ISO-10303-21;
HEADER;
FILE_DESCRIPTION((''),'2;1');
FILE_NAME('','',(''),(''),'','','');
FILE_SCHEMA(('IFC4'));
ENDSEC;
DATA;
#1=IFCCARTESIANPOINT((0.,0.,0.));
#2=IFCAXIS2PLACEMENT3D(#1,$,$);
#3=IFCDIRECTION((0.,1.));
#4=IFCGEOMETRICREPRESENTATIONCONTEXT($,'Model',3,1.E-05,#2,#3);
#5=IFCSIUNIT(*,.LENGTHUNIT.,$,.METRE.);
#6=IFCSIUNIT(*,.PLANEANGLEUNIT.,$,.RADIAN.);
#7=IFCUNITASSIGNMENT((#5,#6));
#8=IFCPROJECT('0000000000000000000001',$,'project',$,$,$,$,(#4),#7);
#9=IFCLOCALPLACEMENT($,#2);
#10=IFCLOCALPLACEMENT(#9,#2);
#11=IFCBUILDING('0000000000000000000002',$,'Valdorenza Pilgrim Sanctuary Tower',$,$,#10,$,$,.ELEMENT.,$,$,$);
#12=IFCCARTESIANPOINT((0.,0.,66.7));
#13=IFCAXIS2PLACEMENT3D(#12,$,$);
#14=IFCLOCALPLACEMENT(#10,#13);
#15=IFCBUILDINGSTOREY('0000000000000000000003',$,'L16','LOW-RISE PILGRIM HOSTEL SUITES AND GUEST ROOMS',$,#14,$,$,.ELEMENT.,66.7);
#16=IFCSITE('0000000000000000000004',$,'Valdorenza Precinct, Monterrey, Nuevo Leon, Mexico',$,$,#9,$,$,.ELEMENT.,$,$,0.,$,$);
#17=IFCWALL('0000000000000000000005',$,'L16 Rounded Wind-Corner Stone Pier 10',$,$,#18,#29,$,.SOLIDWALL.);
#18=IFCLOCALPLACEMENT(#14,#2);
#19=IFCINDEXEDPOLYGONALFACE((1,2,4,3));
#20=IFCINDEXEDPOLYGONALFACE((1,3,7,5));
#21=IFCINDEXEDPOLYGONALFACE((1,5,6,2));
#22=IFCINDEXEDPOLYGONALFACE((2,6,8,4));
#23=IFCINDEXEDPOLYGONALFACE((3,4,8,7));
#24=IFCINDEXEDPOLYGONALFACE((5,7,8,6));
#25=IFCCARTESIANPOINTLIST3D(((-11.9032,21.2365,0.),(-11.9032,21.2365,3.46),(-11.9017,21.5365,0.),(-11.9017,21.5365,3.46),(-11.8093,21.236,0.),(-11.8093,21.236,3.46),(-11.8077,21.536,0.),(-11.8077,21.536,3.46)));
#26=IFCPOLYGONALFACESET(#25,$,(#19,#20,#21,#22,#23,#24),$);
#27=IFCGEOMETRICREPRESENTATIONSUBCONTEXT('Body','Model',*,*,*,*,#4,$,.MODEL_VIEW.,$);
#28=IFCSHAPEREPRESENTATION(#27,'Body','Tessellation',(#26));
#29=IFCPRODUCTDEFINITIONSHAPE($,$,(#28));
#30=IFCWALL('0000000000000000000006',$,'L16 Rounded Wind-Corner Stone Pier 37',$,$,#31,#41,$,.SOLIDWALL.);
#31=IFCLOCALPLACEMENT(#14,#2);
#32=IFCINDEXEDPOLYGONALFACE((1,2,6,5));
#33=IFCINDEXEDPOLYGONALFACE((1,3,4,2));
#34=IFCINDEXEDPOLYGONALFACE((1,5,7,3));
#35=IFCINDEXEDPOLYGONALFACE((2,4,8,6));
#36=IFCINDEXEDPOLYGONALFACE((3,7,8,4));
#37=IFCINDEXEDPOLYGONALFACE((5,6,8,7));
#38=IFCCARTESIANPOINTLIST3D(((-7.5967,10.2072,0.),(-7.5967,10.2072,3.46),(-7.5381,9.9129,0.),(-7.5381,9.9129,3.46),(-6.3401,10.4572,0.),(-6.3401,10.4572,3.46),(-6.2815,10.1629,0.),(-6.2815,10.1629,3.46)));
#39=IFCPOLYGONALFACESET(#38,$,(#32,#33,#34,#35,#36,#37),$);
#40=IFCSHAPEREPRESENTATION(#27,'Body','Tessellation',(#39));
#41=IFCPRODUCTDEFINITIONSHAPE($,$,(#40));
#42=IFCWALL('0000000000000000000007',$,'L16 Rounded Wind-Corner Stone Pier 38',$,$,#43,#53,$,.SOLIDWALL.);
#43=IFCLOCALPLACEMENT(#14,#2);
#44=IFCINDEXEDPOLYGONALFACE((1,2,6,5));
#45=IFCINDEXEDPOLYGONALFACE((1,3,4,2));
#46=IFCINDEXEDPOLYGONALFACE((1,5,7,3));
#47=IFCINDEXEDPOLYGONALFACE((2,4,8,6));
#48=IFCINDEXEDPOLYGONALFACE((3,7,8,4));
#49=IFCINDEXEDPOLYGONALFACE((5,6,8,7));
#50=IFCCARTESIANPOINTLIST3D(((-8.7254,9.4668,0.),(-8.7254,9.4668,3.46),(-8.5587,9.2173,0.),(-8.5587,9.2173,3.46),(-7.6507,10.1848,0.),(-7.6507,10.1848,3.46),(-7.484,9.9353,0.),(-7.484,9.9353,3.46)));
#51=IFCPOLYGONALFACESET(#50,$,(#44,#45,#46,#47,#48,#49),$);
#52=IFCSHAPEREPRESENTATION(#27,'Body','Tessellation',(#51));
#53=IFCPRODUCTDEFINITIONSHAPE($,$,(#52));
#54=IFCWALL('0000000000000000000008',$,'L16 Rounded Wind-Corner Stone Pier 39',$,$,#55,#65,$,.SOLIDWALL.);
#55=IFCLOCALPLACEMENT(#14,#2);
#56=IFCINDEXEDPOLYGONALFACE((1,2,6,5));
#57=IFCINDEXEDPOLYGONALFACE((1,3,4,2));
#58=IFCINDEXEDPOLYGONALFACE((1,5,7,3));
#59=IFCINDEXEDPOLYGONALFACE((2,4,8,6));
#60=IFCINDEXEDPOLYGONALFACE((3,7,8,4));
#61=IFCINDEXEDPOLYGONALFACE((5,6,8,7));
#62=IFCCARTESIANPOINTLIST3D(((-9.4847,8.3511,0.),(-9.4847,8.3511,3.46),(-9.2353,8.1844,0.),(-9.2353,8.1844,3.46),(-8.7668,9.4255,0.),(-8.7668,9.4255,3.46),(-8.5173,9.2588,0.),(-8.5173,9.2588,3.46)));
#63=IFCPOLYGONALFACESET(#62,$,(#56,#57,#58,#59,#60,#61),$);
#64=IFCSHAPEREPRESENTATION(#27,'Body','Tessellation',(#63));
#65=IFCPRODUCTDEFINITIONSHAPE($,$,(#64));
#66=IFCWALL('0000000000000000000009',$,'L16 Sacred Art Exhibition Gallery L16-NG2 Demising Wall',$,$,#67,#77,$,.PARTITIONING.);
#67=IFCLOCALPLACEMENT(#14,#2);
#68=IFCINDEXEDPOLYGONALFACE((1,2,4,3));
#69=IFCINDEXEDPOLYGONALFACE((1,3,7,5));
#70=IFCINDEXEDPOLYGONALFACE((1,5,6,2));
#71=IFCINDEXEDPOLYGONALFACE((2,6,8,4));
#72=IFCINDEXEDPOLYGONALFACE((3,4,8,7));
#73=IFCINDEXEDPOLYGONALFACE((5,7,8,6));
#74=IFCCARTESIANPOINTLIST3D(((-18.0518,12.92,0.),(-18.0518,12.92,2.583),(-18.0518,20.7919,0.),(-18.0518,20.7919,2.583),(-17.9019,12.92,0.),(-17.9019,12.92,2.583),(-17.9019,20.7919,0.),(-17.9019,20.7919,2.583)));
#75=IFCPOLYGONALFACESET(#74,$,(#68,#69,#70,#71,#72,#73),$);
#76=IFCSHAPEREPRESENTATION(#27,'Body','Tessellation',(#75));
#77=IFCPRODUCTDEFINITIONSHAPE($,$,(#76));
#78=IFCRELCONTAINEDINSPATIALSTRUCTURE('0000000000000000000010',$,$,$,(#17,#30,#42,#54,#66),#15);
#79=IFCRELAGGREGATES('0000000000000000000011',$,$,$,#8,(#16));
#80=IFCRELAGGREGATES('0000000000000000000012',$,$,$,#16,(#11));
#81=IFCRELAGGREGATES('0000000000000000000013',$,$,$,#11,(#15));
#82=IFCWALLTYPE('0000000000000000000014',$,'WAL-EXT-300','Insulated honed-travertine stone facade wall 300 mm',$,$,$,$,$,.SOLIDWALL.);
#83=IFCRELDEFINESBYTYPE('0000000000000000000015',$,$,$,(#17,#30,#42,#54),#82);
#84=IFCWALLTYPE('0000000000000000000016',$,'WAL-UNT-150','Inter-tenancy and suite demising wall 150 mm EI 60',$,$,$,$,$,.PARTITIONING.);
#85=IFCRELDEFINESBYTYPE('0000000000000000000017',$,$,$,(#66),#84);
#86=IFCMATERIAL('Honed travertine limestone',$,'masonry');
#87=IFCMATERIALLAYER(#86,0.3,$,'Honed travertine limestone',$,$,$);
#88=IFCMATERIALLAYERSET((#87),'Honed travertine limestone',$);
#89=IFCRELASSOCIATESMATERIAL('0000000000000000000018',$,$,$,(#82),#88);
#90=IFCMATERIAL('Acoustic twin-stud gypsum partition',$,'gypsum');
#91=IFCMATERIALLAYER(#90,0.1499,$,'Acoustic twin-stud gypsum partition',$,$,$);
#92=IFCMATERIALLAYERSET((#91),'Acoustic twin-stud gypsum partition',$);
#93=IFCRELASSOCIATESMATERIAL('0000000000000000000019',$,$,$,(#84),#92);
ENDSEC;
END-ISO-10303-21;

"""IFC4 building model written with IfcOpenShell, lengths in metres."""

from ifc_helpers import new_model, si_unit, direction, frame, frame_2d, origin, place, context, subcontext, project, spatial, rectangle, extrude, material, layer, layer_set, type_object, element, save


model = new_model("IFC4")

# Units and contexts
model_context = context("Model", 3, precision=1e-05, world=origin(), true_north=direction((0.0, 1.0)))
body_context = subcontext(model_context, "Body", "Model", "MODEL_VIEW")
ifc_project = project(units=[si_unit("LENGTHUNIT", "METRE"), si_unit("PLANEANGLEUNIT", "RADIAN")], contexts=[model_context])

# Site, building, storey
site_placement = place(None, origin())
site = spatial("IfcSite", under=ifc_project, at=site_placement, Name="Valdorenza Precinct, Monterrey, Nuevo Leon, Mexico", CompositionType="ELEMENT", RefElevation=0.0)
building_placement = place(site_placement, origin())
building = spatial("IfcBuilding", under=site, at=building_placement, Name="Valdorenza Pilgrim Sanctuary Tower", CompositionType="ELEMENT")
storey_placement = place(building_placement, frame((0.0, 0.0, 66.7)))
storey = spatial("IfcBuildingStorey", under=building, at=storey_placement, Name="L16", Description="LOW-RISE PILGRIM HOSTEL SUITES AND GUEST ROOMS", CompositionType="ELEMENT", Elevation=66.7)

# Shared definitions
ifc_material_1 = material(Name="Honed travertine limestone", Category="masonry")

# Shared definitions
ifc_material_2 = material(Name="Acoustic twin-stud gypsum partition", Category="gypsum")

# Walls
ifc_layer_1 = layer(ifc_material_1, 0.3, Name="Honed travertine limestone")
ifc_layer_set_1 = layer_set([ifc_layer_1], Name="Honed travertine limestone")
wall_type_1 = type_object("IfcWallType", Name="WAL-EXT-300", Description="Insulated honed-travertine stone facade wall 300 mm", PredefinedType="SOLIDWALL", material=ifc_layer_set_1)
wall_1_placement = place(storey_placement, frame((-11.9023, 21.3865, 0.0), z_axis=(0.0, 0.0, 1.0), x_axis=(0.999987, -0.005195, 0.0)))
element("IfcWall", 1, at=wall_1_placement, inside=storey, type_object=wall_type_1, Name="L16 Rounded Wind-Corner Stone Pier 10", PredefinedType="SOLIDWALL", context=body_context, shape_type="SweptSolid", body=[
    extrude(rectangle(XDim=0.094, YDim=0.3, at=frame_2d((0.0469, 0.0))), origin(), (0.0, 0.0, 1.0), 3.46),
])
wall_2_placement = place(storey_placement, frame((-6.3108, 10.3101, 0.0), z_axis=(0.0, 0.0, 1.0), x_axis=(-0.980778, -0.195127, 0.0)))
element("IfcWall", 2, at=wall_2_placement, inside=storey, type_object=wall_type_1, Name="L16 Rounded Wind-Corner Stone Pier 37", PredefinedType="SOLIDWALL", context=body_context, shape_type="SweptSolid", body=[
    extrude(rectangle(XDim=1.2812, YDim=0.3, at=frame_2d((0.6406, 0.0))), origin(), (0.0, 0.0, 1.0), 3.46),
])
wall_3_placement = place(storey_placement, frame((-7.5674, 10.0601, 0.0), z_axis=(0.0, 0.0, 1.0), x_axis=(-0.831498, -0.555528, 0.0)))
element("IfcWall", 3, at=wall_3_placement, inside=storey, type_object=wall_type_1, Name="L16 Rounded Wind-Corner Stone Pier 38", PredefinedType="SOLIDWALL", context=body_context, shape_type="SweptSolid", body=[
    extrude(rectangle(XDim=1.2925, YDim=0.3, at=frame_2d((0.6462, 0.0))), origin(), (0.0, 0.0, 1.0), 3.46),
])
wall_4_placement = place(storey_placement, frame((-8.6421, 9.342, 0.0), z_axis=(0.0, 0.0, 1.0), x_axis=(-0.555615, -0.831439, 0.0)))
element("IfcWall", 4, at=wall_4_placement, inside=storey, type_object=wall_type_1, Name="L16 Rounded Wind-Corner Stone Pier 39", PredefinedType="SOLIDWALL", context=body_context, shape_type="SweptSolid", body=[
    extrude(rectangle(XDim=1.2922, YDim=0.3, at=frame_2d((0.646, 0.0))), origin(), (0.0, 0.0, 1.0), 3.46),
])
ifc_layer_2 = layer(ifc_material_2, 0.1499, Name="Acoustic twin-stud gypsum partition")
ifc_layer_set_2 = layer_set([ifc_layer_2], Name="Acoustic twin-stud gypsum partition")
wall_type_2 = type_object("IfcWallType", Name="WAL-UNT-150", Description="Inter-tenancy and suite demising wall 150 mm EI 60", PredefinedType="PARTITIONING", material=ifc_layer_set_2)
wall_5_placement = place(storey_placement, frame((-17.9768, 12.9199, 0.0), z_axis=(0.0, 0.0, 1.0), x_axis=(0.0, 1.0, 0.0)))
element("IfcWall", 5, at=wall_5_placement, inside=storey, type_object=wall_type_2, Name="L16 Sacred Art Exhibition Gallery L16-NG2 Demising Wall", PredefinedType="PARTITIONING", context=body_context, shape_type="SweptSolid", body=[
    extrude(rectangle(XDim=7.8718, YDim=0.1499, at=frame_2d((3.936, 0.0))), origin(), (0.0, 0.0, 1.0), 2.583),
])

save(model, "model.ifc")
